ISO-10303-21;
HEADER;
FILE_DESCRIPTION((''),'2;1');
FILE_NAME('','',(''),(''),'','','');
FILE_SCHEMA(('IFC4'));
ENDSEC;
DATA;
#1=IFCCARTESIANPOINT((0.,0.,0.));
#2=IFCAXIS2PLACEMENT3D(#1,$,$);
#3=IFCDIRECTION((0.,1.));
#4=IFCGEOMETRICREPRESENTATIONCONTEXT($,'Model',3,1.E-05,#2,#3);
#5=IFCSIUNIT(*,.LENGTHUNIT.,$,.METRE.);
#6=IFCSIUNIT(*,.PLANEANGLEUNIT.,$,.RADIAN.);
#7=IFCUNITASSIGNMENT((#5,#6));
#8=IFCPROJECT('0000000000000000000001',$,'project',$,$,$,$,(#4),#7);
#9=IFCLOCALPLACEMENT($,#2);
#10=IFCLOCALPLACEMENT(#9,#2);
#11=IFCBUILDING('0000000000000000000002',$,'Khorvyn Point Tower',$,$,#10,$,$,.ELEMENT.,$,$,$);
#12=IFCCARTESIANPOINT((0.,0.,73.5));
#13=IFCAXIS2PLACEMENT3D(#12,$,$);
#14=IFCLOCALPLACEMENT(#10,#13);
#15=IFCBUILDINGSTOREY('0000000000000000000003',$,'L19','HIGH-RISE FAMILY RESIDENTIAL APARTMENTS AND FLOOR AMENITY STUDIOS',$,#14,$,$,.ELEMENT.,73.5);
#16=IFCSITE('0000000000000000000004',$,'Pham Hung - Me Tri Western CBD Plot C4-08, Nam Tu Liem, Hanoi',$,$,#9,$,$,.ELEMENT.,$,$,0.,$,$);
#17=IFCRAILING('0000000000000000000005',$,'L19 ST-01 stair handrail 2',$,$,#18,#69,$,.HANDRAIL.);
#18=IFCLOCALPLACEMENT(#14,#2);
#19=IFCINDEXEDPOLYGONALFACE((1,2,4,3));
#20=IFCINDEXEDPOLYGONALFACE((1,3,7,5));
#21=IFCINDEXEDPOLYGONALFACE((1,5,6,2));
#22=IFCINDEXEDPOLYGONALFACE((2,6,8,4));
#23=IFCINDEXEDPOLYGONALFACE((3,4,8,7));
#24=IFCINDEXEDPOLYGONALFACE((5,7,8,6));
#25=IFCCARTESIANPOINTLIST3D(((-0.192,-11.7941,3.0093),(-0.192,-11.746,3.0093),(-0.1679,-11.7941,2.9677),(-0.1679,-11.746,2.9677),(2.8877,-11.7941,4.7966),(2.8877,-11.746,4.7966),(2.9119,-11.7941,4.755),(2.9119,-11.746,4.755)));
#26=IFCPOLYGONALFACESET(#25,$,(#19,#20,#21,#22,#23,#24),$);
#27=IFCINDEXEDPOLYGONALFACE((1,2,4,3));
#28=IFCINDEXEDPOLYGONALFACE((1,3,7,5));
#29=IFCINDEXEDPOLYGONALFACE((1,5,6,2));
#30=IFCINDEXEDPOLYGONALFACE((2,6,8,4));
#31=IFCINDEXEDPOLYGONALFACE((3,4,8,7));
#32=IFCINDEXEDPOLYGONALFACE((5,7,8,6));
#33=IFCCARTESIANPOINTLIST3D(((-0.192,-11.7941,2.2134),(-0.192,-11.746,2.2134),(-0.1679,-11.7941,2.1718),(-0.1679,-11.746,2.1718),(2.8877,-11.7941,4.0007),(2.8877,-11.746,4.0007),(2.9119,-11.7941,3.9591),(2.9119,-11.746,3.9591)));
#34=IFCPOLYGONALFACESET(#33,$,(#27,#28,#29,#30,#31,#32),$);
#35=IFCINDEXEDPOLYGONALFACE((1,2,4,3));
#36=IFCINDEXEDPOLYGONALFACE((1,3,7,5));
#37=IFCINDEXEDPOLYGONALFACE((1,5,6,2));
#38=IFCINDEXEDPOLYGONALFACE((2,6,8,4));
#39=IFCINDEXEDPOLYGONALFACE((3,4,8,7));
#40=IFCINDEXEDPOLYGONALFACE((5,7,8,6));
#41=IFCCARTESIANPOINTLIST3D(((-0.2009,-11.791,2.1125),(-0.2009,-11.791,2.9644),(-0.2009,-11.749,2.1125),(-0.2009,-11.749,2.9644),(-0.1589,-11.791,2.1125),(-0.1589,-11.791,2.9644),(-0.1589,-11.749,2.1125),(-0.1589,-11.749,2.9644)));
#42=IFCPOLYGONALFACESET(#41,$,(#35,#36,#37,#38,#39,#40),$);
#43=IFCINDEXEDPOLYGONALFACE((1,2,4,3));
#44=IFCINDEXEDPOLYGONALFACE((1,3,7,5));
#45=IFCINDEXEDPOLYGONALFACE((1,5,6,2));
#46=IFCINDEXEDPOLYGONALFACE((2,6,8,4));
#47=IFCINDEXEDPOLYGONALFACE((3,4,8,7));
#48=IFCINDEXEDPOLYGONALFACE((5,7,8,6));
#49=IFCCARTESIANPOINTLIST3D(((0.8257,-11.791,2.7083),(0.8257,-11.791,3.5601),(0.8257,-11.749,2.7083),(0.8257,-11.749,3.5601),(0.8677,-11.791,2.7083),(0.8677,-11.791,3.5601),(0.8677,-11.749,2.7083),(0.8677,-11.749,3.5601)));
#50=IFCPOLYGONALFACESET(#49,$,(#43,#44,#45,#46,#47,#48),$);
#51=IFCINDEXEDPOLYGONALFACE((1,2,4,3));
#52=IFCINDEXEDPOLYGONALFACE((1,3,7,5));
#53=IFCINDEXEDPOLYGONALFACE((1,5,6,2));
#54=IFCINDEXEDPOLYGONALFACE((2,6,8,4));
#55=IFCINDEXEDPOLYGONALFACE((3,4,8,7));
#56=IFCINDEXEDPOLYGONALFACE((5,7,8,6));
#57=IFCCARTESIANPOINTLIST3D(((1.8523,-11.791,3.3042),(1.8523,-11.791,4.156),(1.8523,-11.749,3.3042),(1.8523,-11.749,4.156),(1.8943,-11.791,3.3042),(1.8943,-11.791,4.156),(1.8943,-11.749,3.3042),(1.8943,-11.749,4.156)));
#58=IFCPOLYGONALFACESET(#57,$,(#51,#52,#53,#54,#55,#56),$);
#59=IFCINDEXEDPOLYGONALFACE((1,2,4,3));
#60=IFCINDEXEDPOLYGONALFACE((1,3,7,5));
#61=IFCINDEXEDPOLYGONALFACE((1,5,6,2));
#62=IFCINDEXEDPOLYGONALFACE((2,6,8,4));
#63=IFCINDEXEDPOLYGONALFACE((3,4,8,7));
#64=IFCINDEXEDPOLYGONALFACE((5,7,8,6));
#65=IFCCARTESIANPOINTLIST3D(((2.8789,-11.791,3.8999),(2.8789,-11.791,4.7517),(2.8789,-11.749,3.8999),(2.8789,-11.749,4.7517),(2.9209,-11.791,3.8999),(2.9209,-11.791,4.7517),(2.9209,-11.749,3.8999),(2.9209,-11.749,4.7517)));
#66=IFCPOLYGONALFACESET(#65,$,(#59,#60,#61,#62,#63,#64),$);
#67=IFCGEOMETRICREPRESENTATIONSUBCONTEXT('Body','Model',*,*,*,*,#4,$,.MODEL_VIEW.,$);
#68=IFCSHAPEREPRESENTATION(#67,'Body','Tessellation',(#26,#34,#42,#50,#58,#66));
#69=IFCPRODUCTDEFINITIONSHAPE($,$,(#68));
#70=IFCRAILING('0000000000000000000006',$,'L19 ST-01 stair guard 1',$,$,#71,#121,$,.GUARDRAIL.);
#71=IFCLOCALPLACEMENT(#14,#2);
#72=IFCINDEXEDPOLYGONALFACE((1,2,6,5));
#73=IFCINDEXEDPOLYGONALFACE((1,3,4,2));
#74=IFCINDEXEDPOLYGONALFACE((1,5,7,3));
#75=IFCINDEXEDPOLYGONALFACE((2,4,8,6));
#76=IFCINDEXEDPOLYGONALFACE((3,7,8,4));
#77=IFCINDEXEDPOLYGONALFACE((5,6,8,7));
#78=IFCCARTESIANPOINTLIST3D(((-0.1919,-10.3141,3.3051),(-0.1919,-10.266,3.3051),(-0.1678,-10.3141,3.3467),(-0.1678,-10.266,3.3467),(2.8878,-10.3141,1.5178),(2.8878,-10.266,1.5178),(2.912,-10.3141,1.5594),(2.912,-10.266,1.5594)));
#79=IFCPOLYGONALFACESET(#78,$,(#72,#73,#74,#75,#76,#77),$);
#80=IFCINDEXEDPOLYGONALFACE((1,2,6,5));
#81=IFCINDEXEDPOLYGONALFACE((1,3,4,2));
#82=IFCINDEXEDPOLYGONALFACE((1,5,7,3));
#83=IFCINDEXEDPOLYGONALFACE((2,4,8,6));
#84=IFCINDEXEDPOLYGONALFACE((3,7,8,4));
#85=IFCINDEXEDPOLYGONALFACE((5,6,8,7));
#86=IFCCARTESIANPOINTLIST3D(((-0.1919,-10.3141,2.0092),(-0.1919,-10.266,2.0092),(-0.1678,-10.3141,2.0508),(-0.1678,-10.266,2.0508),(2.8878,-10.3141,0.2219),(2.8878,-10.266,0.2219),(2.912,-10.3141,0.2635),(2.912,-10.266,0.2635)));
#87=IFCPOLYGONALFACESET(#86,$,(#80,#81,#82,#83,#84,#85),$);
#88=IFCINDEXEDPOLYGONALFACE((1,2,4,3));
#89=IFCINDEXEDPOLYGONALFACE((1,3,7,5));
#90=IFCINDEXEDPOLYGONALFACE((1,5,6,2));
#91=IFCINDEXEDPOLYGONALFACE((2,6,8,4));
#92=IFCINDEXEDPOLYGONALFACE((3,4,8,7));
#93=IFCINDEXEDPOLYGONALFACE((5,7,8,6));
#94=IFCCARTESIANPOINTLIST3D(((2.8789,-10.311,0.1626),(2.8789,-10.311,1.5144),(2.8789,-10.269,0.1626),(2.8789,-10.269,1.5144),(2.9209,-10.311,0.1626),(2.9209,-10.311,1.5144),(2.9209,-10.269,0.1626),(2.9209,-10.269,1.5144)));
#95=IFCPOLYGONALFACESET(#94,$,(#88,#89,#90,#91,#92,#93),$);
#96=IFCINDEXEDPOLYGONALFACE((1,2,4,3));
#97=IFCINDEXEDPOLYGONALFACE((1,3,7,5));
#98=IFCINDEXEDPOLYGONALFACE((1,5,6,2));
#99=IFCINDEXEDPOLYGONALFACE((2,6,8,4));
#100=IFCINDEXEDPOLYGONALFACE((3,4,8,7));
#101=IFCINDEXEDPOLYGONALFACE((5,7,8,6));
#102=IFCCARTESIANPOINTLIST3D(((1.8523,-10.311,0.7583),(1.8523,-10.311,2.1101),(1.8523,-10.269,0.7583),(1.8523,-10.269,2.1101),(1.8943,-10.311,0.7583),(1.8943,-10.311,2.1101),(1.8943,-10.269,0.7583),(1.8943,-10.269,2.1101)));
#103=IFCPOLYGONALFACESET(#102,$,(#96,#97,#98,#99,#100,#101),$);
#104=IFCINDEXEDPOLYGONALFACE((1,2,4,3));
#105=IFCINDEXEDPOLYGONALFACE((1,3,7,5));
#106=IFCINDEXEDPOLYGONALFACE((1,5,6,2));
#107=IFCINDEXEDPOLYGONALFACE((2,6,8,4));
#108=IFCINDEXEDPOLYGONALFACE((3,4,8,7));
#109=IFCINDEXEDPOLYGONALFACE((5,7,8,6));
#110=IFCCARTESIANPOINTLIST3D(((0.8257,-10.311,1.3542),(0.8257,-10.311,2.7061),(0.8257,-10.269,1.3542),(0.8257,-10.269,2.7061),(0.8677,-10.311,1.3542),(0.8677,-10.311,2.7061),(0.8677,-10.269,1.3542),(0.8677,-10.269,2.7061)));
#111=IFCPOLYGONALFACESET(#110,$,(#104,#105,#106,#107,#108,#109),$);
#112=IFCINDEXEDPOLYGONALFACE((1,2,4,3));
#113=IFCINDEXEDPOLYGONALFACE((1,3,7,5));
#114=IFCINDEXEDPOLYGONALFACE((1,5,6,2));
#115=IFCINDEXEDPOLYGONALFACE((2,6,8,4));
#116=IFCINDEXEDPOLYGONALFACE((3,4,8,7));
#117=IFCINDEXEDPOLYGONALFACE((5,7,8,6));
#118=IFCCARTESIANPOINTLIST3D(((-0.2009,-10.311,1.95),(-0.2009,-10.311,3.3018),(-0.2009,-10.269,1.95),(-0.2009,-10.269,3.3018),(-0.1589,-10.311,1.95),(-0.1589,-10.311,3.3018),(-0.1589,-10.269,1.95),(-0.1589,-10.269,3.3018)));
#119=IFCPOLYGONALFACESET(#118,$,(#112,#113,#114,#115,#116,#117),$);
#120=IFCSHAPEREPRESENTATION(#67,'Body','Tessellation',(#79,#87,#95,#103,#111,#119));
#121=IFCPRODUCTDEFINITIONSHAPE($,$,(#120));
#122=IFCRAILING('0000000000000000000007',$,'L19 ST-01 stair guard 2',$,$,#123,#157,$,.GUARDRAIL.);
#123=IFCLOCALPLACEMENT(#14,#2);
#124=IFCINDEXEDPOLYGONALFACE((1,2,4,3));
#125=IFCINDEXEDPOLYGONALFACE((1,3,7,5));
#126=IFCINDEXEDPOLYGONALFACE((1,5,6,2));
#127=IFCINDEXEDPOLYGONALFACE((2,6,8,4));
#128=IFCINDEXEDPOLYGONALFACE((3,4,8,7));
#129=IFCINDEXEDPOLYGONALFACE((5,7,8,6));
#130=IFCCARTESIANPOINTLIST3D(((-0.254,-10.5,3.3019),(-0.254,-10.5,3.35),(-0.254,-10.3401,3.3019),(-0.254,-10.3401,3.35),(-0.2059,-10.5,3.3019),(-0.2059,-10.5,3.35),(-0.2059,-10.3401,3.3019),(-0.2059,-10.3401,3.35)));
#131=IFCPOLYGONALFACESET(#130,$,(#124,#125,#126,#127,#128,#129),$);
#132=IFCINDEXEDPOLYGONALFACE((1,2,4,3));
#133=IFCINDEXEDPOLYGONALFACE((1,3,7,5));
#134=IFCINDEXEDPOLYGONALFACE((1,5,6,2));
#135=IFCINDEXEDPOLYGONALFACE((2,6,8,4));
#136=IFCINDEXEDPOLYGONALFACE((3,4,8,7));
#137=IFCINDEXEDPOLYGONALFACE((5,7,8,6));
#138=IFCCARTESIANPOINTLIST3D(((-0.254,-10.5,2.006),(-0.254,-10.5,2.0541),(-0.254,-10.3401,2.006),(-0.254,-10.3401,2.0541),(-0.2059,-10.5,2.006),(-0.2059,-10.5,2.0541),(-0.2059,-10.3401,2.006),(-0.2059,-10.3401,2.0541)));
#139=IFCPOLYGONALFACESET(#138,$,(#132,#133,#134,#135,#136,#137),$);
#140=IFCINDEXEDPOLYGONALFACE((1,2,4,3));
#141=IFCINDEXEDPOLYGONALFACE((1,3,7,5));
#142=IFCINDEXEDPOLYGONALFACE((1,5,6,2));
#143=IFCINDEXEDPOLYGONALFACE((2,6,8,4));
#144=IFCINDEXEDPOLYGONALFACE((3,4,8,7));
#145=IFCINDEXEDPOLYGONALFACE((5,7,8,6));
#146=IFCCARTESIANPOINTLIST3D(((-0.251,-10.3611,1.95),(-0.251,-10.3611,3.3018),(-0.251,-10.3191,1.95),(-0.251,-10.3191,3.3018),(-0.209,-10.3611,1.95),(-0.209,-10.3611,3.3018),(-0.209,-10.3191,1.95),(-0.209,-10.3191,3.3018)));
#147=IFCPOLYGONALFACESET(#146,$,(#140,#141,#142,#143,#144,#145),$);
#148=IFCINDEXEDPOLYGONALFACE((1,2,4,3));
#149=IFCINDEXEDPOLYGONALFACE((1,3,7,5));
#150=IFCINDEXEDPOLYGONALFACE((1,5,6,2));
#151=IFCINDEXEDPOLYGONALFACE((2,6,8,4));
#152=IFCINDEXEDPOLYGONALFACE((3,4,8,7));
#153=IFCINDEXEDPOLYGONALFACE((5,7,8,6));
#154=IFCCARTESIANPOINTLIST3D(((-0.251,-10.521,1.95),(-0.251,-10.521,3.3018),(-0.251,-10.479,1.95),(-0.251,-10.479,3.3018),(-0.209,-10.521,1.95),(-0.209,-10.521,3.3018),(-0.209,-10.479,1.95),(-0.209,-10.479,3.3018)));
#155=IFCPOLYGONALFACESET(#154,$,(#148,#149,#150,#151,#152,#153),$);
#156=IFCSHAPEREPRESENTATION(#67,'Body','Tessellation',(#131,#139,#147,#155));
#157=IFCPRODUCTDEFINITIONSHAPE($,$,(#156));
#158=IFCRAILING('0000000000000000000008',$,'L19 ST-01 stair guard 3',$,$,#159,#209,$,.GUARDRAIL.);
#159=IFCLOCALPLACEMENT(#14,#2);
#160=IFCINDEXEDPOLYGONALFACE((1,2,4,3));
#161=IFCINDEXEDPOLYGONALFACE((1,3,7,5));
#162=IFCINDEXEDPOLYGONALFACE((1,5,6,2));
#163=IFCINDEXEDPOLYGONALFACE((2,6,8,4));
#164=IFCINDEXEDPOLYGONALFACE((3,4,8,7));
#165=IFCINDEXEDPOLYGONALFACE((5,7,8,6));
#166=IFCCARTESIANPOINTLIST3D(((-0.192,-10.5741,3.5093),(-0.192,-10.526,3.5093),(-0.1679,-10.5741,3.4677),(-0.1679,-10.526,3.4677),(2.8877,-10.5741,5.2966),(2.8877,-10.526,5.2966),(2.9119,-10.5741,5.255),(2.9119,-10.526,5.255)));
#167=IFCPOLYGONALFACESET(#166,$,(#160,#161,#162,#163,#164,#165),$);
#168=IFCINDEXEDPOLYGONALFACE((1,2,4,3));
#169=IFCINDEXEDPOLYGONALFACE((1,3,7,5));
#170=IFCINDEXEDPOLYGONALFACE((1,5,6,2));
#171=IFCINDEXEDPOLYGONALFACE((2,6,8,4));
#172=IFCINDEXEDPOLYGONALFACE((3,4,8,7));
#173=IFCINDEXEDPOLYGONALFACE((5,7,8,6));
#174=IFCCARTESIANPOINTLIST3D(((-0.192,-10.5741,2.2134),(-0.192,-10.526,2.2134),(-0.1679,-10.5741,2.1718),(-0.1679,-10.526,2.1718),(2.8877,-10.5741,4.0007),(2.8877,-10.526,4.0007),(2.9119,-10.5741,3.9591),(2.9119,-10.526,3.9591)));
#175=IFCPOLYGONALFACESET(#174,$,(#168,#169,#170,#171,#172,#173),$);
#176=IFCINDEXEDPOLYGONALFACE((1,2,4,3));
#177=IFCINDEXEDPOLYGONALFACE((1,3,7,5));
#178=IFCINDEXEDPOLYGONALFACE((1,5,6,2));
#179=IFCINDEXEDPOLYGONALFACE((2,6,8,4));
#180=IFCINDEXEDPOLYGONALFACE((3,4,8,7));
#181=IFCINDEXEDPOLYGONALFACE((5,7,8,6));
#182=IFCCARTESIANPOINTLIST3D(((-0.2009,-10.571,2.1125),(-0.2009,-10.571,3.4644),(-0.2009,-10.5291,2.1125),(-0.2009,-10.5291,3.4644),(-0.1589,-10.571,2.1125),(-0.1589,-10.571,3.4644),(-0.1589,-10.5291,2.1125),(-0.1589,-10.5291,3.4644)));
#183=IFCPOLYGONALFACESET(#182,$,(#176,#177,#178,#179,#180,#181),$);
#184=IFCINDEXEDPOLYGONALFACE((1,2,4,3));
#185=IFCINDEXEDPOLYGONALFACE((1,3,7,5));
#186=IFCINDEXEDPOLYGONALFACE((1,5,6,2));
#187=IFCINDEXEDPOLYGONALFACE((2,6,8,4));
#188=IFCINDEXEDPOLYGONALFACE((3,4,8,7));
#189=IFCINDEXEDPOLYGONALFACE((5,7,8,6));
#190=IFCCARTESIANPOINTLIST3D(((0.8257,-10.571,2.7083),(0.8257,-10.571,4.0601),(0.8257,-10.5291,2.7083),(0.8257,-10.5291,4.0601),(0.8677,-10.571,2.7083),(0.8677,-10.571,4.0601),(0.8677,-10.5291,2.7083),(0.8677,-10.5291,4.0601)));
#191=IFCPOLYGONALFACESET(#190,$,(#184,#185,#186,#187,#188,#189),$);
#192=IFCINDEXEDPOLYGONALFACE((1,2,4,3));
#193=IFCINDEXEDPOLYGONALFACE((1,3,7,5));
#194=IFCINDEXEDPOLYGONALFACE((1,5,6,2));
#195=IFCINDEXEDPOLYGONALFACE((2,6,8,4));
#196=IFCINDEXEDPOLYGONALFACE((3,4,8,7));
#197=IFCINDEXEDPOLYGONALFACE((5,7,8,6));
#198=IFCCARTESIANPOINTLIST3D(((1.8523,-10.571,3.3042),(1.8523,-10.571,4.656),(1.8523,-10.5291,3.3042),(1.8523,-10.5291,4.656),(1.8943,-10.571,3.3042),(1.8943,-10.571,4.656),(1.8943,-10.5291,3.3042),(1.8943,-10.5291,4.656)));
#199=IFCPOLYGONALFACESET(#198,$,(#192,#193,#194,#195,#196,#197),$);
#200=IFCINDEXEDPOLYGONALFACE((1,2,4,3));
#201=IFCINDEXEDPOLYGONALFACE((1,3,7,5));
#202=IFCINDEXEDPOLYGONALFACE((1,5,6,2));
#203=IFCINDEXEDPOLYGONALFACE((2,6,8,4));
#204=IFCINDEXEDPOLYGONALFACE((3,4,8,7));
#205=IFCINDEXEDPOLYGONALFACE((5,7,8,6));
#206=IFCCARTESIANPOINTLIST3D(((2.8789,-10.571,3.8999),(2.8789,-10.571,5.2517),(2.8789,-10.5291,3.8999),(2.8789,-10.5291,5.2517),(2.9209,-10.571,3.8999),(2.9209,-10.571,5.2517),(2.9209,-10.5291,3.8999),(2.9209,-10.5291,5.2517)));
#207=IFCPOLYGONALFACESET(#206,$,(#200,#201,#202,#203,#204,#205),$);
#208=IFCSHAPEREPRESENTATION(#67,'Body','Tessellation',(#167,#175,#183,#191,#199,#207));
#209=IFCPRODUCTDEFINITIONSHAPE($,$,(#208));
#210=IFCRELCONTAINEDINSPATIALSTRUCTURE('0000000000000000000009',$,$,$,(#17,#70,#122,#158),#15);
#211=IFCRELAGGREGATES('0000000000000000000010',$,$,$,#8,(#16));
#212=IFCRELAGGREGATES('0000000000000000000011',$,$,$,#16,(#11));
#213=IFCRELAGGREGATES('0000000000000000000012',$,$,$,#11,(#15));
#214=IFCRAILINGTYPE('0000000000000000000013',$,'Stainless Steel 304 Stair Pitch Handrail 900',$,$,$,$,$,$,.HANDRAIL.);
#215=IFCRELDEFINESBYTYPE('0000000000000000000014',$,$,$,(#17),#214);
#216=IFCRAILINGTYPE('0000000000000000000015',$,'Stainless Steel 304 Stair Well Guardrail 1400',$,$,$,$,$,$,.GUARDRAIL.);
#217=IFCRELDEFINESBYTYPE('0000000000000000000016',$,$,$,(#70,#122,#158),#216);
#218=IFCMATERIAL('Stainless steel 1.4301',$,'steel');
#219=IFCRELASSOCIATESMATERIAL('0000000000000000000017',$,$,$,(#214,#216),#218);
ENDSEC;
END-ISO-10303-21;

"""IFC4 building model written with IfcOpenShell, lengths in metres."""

from ifc_helpers import new_model, si_unit, direction, frame, origin, origin_2d, place, context, subcontext, project, spatial, rectangle, extrude, material, type_object, element, save


model = new_model("IFC4")

# Units and contexts
model_context = context("Model", 3, precision=1e-05, world=origin(), true_north=direction((0.0, 1.0)))
body_context = subcontext(model_context, "Body", "Model", "MODEL_VIEW")
ifc_project = project(units=[si_unit("LENGTHUNIT", "METRE"), si_unit("PLANEANGLEUNIT", "RADIAN")], contexts=[model_context])

# Site, building, storey
site_placement = place(None, origin())
site = spatial("IfcSite", under=ifc_project, at=site_placement, Name="Pham Hung - Me Tri Western CBD Plot C4-08, Nam Tu Liem, Hanoi", CompositionType="ELEMENT", RefElevation=0.0)
building_placement = place(site_placement, origin())
building = spatial("IfcBuilding", under=site, at=building_placement, Name="Khorvyn Point Tower", CompositionType="ELEMENT")
storey_placement = place(building_placement, frame((0.0, 0.0, 73.5)))
storey = spatial("IfcBuildingStorey", under=building, at=storey_placement, Name="L19", Description="HIGH-RISE FAMILY RESIDENTIAL APARTMENTS AND FLOOR AMENITY STUDIOS", CompositionType="ELEMENT", Elevation=73.5)

# Shared definitions
ifc_material_1 = material(Name="Stainless steel 1.4301", Category="steel")

# Railings
railing_type_1 = type_object("IfcRailingType", Name="Stainless Steel 304 Stair Pitch Handrail 900", PredefinedType="HANDRAIL", material=ifc_material_1)
railing_1_placement = place(storey_placement, frame((-0.1799, -11.77, 2.1125)))
element("IfcRailing", 1, at=railing_1_placement, inside=storey, type_object=railing_type_1, Name="L19 ST-01 stair handrail 2", PredefinedType="HANDRAIL", context=body_context, shape_type="SweptSolid", body=[
    extrude(rectangle(XDim=0.0481, YDim=0.0481, at=origin_2d()), frame((0.0, 0.0, 0.876), z_axis=(0.864903, 0.0, 0.501939), x_axis=(0.0, 1.0, 0.0)), (0.0, 0.0, 1.0), 3.5608),
    extrude(rectangle(XDim=0.0481, YDim=0.0481, at=origin_2d()), frame((0.0, 0.0, 0.0801), z_axis=(0.864903, 0.0, 0.501939), x_axis=(0.0, 1.0, 0.0)), (0.0, 0.0, 1.0), 3.5608),
    extrude(rectangle(XDim=0.042, YDim=0.042, at=origin_2d()), origin(), (0.0, 0.0, 1.0), 0.8518),
    extrude(rectangle(XDim=0.042, YDim=0.042, at=origin_2d()), frame((1.0266, 0.0, 0.5957)), (0.0, 0.0, 1.0), 0.8518),
    extrude(rectangle(XDim=0.042, YDim=0.042, at=origin_2d()), frame((2.0532, 0.0, 1.1917)), (0.0, 0.0, 1.0), 0.8518),
    extrude(rectangle(XDim=0.042, YDim=0.042, at=origin_2d()), frame((3.0798, 0.0, 1.7874)), (0.0, 0.0, 1.0), 0.8518),
])
railing_type_2 = type_object("IfcRailingType", Name="Stainless Steel 304 Stair Well Guardrail 1400", PredefinedType="GUARDRAIL", material=ifc_material_1)
railing_2_placement = place(storey_placement, frame((2.8999, -10.29, 0.1626)))
element("IfcRailing", 2, at=railing_2_placement, inside=storey, type_object=railing_type_2, Name="L19 ST-01 stair guard 1", PredefinedType="GUARDRAIL", context=body_context, shape_type="SweptSolid", body=[
    extrude(rectangle(XDim=0.0481, YDim=0.0481, at=origin_2d()), frame((0.0, 0.0, 1.376), z_axis=(-0.864903, 0.0, 0.501939), x_axis=(0.0, -1.0, 0.0)), (0.0, 0.0, 1.0), 3.5608),
    extrude(rectangle(XDim=0.0481, YDim=0.0481, at=origin_2d()), frame((0.0, 0.0, 0.0801), z_axis=(-0.864903, 0.0, 0.501939), x_axis=(0.0, -1.0, 0.0)), (0.0, 0.0, 1.0), 3.5608),
    extrude(rectangle(XDim=0.042, YDim=0.042, at=origin_2d()), origin(), (0.0, 0.0, 1.0), 1.3518),
    extrude(rectangle(XDim=0.042, YDim=0.042, at=origin_2d()), frame((-1.0266, 0.0, 0.5957)), (0.0, 0.0, 1.0), 1.3518),
    extrude(rectangle(XDim=0.042, YDim=0.042, at=origin_2d()), frame((-2.0532, 0.0, 1.1917)), (0.0, 0.0, 1.0), 1.3518),
    extrude(rectangle(XDim=0.042, YDim=0.042, at=origin_2d()), frame((-3.0798, 0.0, 1.7874)), (0.0, 0.0, 1.0), 1.3518),
])
railing_3_placement = place(storey_placement, frame((-0.23, -10.3401, 1.95)))
element("IfcRailing", 3, at=railing_3_placement, inside=storey, type_object=railing_type_2, Name="L19 ST-01 stair guard 2", PredefinedType="GUARDRAIL", context=body_context, shape_type="SweptSolid", body=[
    extrude(rectangle(XDim=0.0481, YDim=0.0481, at=origin_2d()), frame((0.0, 0.0, 1.376), z_axis=(0.0, -1.0, 0.0), x_axis=(1.0, 0.0, 0.0)), (0.0, 0.0, 1.0), 0.1599),
    extrude(rectangle(XDim=0.0481, YDim=0.0481, at=origin_2d()), frame((0.0, 0.0, 0.0801), z_axis=(0.0, -1.0, 0.0), x_axis=(1.0, 0.0, 0.0)), (0.0, 0.0, 1.0), 0.1599),
    extrude(rectangle(XDim=0.042, YDim=0.042, at=origin_2d()), origin(), (0.0, 0.0, 1.0), 1.3518),
    extrude(rectangle(XDim=0.042, YDim=0.042, at=origin_2d()), frame((0.0, -0.1599, 0.0)), (0.0, 0.0, 1.0), 1.3518),
])
railing_4_placement = place(storey_placement, frame((-0.1799, -10.55, 2.1125)))
element("IfcRailing", 4, at=railing_4_placement, inside=storey, type_object=railing_type_2, Name="L19 ST-01 stair guard 3", PredefinedType="GUARDRAIL", context=body_context, shape_type="SweptSolid", body=[
    extrude(rectangle(XDim=0.0481, YDim=0.0481, at=origin_2d()), frame((0.0, 0.0, 1.376), z_axis=(0.864903, 0.0, 0.501939), x_axis=(0.0, 1.0, 0.0)), (0.0, 0.0, 1.0), 3.5608),
    extrude(rectangle(XDim=0.0481, YDim=0.0481, at=origin_2d()), frame((0.0, 0.0, 0.0801), z_axis=(0.864903, 0.0, 0.501939), x_axis=(0.0, 1.0, 0.0)), (0.0, 0.0, 1.0), 3.5608),
    extrude(rectangle(XDim=0.042, YDim=0.042, at=origin_2d()), origin(), (0.0, 0.0, 1.0), 1.3518),
    extrude(rectangle(XDim=0.042, YDim=0.042, at=origin_2d()), frame((1.0266, 0.0, 0.5957)), (0.0, 0.0, 1.0), 1.3518),
    extrude(rectangle(XDim=0.042, YDim=0.042, at=origin_2d()), frame((2.0532, 0.0, 1.1917)), (0.0, 0.0, 1.0), 1.3518),
    extrude(rectangle(XDim=0.042, YDim=0.042, at=origin_2d()), frame((3.0798, 0.0, 1.7874)), (0.0, 0.0, 1.0), 1.3518),
])

save(model, "model.ifc")
